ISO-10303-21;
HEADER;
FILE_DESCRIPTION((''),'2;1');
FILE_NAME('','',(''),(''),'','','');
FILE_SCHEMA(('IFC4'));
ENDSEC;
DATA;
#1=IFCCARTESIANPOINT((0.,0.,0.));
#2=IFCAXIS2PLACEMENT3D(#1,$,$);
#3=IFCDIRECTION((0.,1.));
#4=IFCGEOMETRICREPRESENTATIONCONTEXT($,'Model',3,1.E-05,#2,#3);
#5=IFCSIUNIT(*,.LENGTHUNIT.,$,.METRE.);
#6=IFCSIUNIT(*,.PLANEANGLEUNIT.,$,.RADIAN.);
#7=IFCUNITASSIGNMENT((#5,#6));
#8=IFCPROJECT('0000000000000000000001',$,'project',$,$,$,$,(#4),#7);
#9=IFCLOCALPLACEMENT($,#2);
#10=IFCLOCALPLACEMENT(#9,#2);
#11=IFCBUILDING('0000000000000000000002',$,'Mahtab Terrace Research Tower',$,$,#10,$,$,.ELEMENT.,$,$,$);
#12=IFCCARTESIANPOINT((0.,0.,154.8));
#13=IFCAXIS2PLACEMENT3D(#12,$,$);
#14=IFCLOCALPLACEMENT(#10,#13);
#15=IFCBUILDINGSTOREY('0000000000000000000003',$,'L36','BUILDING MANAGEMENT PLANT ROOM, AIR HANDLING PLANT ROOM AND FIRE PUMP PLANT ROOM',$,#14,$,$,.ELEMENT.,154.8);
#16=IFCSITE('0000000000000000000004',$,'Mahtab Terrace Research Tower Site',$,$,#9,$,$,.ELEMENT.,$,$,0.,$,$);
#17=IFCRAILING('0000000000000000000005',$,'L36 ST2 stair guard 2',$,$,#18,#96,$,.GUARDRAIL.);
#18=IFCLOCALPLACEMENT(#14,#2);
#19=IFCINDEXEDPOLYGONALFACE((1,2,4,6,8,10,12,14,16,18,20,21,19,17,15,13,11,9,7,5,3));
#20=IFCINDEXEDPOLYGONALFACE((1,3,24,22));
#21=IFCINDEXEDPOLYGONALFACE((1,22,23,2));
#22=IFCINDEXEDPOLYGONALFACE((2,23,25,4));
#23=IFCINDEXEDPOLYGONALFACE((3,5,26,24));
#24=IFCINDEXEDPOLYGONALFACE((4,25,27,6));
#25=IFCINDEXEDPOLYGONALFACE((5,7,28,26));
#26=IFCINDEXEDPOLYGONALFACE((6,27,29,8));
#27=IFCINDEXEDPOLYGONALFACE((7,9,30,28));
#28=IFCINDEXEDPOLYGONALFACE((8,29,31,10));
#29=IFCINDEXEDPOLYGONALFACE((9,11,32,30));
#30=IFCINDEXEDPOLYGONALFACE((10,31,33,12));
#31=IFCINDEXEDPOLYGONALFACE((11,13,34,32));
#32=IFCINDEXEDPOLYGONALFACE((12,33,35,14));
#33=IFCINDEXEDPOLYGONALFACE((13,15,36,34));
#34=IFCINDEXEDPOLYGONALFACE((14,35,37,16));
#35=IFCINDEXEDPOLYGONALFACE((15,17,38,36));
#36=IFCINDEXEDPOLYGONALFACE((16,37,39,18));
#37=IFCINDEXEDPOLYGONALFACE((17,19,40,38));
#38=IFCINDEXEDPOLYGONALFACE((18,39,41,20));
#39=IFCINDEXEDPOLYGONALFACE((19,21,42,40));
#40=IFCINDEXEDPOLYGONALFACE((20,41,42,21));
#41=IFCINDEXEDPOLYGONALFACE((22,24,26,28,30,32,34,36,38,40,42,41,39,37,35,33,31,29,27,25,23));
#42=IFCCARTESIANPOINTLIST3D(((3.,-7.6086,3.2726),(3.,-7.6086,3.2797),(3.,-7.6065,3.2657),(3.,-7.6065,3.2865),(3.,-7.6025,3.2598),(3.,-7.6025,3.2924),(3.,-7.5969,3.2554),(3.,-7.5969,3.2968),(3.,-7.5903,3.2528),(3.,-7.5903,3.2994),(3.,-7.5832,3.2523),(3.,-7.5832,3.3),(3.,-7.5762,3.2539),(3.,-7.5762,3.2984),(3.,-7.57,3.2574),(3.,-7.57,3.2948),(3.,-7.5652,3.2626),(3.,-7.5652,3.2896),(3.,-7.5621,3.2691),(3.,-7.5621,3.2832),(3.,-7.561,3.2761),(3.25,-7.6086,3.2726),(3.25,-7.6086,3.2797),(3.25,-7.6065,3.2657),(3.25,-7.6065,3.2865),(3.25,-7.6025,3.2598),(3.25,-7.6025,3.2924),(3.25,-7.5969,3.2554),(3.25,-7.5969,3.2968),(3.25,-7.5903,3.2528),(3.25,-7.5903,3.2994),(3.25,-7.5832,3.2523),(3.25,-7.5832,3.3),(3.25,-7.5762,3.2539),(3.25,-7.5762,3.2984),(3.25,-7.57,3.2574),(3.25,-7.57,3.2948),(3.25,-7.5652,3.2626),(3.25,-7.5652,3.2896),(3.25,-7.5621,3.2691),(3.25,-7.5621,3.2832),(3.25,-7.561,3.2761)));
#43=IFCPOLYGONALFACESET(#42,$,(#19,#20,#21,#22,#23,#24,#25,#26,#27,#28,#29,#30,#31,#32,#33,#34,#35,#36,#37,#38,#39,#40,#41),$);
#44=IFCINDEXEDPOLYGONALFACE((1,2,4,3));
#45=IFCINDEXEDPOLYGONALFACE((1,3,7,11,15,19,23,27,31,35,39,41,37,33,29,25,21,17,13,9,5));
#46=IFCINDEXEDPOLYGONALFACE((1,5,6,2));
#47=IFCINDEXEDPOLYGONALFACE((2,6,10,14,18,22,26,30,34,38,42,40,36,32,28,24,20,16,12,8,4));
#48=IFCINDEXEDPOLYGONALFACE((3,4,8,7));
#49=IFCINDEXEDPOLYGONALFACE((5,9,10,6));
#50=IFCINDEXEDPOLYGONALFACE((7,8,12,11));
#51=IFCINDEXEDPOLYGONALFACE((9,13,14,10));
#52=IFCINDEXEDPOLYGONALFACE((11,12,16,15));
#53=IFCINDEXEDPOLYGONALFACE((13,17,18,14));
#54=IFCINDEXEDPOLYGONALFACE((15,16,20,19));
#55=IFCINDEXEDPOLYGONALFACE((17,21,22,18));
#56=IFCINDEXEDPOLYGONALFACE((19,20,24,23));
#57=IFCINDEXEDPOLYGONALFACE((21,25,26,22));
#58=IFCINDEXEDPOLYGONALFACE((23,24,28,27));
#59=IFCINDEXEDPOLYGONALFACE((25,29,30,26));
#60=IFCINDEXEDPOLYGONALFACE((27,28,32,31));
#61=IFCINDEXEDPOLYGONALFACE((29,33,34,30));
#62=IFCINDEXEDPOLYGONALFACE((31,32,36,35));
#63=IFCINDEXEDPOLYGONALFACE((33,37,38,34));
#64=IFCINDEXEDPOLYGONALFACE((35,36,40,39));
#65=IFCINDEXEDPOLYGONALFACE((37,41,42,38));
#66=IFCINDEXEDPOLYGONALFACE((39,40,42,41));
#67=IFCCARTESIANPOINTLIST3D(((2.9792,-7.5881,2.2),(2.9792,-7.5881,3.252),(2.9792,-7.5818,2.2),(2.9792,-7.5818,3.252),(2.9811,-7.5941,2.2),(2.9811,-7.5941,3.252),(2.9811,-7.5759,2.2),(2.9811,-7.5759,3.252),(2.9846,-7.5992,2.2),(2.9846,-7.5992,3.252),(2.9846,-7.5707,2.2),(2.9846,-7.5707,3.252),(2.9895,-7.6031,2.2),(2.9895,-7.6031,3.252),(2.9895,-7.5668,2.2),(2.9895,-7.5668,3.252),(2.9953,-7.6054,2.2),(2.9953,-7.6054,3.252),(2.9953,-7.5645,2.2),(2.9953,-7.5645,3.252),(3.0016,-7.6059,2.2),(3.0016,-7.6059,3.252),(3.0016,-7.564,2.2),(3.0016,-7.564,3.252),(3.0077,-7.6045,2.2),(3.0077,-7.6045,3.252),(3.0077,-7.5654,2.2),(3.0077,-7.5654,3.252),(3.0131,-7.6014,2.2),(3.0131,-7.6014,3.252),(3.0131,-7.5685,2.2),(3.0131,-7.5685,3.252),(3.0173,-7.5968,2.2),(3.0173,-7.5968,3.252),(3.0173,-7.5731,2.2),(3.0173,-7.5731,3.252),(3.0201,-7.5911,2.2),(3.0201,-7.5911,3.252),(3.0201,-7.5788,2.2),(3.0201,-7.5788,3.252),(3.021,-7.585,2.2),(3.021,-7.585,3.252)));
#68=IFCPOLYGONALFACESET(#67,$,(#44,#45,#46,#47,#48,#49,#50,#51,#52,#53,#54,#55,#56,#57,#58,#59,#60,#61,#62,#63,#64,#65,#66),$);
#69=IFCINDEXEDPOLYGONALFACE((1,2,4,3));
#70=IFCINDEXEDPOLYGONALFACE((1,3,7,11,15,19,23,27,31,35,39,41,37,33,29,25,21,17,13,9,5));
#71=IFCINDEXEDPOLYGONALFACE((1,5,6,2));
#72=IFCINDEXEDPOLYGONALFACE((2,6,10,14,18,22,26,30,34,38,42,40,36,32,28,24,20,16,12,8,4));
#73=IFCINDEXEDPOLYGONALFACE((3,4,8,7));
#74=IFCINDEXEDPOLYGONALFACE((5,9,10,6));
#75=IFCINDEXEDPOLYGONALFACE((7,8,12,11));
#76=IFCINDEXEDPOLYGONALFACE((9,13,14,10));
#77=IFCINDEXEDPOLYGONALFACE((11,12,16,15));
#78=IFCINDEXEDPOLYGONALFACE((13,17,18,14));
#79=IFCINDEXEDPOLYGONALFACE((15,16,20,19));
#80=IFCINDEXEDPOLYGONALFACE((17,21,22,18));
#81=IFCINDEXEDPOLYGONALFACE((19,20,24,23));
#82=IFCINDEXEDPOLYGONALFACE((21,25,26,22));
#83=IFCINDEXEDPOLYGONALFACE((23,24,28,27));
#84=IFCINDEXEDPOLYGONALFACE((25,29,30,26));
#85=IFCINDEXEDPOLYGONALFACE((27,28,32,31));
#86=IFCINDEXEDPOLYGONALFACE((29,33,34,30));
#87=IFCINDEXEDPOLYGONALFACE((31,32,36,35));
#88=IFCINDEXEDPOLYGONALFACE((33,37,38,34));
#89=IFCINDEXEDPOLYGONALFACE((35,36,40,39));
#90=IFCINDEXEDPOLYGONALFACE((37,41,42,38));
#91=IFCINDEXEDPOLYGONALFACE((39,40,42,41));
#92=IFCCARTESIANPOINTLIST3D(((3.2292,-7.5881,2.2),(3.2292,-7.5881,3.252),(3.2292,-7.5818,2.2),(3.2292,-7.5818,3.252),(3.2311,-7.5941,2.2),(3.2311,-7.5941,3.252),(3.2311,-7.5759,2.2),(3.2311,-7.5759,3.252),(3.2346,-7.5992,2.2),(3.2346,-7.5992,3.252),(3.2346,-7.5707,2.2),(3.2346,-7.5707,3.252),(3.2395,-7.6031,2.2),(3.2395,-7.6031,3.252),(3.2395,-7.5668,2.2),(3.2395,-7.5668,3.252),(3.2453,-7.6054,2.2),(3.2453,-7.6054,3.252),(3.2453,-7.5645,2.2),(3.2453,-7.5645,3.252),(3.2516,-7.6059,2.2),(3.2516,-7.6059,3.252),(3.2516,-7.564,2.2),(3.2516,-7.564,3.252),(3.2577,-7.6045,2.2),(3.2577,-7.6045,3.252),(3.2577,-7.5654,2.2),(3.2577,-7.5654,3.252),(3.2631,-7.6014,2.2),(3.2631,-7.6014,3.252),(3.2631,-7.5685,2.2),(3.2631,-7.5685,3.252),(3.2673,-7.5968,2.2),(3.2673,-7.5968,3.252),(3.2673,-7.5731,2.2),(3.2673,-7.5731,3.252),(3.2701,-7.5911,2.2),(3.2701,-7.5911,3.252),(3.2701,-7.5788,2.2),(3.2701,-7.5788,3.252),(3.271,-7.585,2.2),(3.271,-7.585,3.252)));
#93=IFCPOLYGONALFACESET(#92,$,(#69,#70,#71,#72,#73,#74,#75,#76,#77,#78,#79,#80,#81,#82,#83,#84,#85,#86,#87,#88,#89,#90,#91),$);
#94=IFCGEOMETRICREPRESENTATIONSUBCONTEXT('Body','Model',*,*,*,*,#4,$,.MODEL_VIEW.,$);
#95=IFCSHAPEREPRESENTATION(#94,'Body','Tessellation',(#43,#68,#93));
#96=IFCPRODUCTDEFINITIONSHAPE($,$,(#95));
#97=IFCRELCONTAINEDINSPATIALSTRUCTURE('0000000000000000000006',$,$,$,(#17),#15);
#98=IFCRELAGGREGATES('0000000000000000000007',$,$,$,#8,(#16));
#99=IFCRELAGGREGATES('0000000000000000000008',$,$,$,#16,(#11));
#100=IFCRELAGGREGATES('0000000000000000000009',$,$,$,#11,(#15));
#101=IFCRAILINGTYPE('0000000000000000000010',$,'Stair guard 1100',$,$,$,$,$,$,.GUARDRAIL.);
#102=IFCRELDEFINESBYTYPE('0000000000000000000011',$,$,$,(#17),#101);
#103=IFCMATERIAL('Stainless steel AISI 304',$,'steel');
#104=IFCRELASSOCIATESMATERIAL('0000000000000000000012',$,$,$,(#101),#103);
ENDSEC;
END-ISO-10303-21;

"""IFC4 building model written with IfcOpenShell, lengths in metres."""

from ifc_helpers import new_model, si_unit, direction, frame, origin, origin_2d, place, context, subcontext, project, spatial, circle, extrude, material, type_object, element, save


model = new_model("IFC4")

# Units and contexts
model_context = context("Model", 3, precision=1e-05, world=origin(), true_north=direction((0.0, 1.0)))
body_context = subcontext(model_context, "Body", "Model", "MODEL_VIEW")
ifc_project = project(units=[si_unit("LENGTHUNIT", "METRE"), si_unit("PLANEANGLEUNIT", "RADIAN")], contexts=[model_context])

# Site, building, storey
site_placement = place(None, origin())
site = spatial("IfcSite", under=ifc_project, at=site_placement, Name="Mahtab Terrace Research Tower Site", CompositionType="ELEMENT", RefElevation=0.0)
building_placement = place(site_placement, origin())
building = spatial("IfcBuilding", under=site, at=building_placement, Name="Mahtab Terrace Research Tower", CompositionType="ELEMENT")
storey_placement = place(building_placement, frame((0.0, 0.0, 154.8)))
storey = spatial("IfcBuildingStorey", under=building, at=storey_placement, Name="L36", Description="BUILDING MANAGEMENT PLANT ROOM, AIR HANDLING PLANT ROOM AND FIRE PUMP PLANT ROOM", CompositionType="ELEMENT", Elevation=154.8)

# Railing
ifc_material_1 = material(Name="Stainless steel AISI 304", Category="steel")
railing_type_1 = type_object("IfcRailingType", Name="Stair guard 1100", PredefinedType="GUARDRAIL", material=ifc_material_1)
railing_1_placement = place(storey_placement, frame((3.0, -7.585, 2.2)))
element("IfcRailing", 1, at=railing_1_placement, inside=storey, type_object=railing_type_1, Name="L36 ST2 stair guard 2", PredefinedType="GUARDRAIL", context=body_context, shape_type="SweptSolid", body=[
    extrude(circle(Radius=0.0239, at=origin_2d()), frame((0.0, 0.0, 1.0762), z_axis=(1.0, 0.0, 0.0), x_axis=(0.0, 1.0, 0.0)), (0.0, 0.0, 1.0), 0.25),
    extrude(circle(Radius=0.021, at=origin_2d()), origin(), (0.0, 0.0, 1.0), 1.052),
    extrude(circle(Radius=0.021, at=origin_2d()), frame((0.25, 0.0, 0.0)), (0.0, 0.0, 1.0), 1.052),
])

save(model, "model.ifc")
